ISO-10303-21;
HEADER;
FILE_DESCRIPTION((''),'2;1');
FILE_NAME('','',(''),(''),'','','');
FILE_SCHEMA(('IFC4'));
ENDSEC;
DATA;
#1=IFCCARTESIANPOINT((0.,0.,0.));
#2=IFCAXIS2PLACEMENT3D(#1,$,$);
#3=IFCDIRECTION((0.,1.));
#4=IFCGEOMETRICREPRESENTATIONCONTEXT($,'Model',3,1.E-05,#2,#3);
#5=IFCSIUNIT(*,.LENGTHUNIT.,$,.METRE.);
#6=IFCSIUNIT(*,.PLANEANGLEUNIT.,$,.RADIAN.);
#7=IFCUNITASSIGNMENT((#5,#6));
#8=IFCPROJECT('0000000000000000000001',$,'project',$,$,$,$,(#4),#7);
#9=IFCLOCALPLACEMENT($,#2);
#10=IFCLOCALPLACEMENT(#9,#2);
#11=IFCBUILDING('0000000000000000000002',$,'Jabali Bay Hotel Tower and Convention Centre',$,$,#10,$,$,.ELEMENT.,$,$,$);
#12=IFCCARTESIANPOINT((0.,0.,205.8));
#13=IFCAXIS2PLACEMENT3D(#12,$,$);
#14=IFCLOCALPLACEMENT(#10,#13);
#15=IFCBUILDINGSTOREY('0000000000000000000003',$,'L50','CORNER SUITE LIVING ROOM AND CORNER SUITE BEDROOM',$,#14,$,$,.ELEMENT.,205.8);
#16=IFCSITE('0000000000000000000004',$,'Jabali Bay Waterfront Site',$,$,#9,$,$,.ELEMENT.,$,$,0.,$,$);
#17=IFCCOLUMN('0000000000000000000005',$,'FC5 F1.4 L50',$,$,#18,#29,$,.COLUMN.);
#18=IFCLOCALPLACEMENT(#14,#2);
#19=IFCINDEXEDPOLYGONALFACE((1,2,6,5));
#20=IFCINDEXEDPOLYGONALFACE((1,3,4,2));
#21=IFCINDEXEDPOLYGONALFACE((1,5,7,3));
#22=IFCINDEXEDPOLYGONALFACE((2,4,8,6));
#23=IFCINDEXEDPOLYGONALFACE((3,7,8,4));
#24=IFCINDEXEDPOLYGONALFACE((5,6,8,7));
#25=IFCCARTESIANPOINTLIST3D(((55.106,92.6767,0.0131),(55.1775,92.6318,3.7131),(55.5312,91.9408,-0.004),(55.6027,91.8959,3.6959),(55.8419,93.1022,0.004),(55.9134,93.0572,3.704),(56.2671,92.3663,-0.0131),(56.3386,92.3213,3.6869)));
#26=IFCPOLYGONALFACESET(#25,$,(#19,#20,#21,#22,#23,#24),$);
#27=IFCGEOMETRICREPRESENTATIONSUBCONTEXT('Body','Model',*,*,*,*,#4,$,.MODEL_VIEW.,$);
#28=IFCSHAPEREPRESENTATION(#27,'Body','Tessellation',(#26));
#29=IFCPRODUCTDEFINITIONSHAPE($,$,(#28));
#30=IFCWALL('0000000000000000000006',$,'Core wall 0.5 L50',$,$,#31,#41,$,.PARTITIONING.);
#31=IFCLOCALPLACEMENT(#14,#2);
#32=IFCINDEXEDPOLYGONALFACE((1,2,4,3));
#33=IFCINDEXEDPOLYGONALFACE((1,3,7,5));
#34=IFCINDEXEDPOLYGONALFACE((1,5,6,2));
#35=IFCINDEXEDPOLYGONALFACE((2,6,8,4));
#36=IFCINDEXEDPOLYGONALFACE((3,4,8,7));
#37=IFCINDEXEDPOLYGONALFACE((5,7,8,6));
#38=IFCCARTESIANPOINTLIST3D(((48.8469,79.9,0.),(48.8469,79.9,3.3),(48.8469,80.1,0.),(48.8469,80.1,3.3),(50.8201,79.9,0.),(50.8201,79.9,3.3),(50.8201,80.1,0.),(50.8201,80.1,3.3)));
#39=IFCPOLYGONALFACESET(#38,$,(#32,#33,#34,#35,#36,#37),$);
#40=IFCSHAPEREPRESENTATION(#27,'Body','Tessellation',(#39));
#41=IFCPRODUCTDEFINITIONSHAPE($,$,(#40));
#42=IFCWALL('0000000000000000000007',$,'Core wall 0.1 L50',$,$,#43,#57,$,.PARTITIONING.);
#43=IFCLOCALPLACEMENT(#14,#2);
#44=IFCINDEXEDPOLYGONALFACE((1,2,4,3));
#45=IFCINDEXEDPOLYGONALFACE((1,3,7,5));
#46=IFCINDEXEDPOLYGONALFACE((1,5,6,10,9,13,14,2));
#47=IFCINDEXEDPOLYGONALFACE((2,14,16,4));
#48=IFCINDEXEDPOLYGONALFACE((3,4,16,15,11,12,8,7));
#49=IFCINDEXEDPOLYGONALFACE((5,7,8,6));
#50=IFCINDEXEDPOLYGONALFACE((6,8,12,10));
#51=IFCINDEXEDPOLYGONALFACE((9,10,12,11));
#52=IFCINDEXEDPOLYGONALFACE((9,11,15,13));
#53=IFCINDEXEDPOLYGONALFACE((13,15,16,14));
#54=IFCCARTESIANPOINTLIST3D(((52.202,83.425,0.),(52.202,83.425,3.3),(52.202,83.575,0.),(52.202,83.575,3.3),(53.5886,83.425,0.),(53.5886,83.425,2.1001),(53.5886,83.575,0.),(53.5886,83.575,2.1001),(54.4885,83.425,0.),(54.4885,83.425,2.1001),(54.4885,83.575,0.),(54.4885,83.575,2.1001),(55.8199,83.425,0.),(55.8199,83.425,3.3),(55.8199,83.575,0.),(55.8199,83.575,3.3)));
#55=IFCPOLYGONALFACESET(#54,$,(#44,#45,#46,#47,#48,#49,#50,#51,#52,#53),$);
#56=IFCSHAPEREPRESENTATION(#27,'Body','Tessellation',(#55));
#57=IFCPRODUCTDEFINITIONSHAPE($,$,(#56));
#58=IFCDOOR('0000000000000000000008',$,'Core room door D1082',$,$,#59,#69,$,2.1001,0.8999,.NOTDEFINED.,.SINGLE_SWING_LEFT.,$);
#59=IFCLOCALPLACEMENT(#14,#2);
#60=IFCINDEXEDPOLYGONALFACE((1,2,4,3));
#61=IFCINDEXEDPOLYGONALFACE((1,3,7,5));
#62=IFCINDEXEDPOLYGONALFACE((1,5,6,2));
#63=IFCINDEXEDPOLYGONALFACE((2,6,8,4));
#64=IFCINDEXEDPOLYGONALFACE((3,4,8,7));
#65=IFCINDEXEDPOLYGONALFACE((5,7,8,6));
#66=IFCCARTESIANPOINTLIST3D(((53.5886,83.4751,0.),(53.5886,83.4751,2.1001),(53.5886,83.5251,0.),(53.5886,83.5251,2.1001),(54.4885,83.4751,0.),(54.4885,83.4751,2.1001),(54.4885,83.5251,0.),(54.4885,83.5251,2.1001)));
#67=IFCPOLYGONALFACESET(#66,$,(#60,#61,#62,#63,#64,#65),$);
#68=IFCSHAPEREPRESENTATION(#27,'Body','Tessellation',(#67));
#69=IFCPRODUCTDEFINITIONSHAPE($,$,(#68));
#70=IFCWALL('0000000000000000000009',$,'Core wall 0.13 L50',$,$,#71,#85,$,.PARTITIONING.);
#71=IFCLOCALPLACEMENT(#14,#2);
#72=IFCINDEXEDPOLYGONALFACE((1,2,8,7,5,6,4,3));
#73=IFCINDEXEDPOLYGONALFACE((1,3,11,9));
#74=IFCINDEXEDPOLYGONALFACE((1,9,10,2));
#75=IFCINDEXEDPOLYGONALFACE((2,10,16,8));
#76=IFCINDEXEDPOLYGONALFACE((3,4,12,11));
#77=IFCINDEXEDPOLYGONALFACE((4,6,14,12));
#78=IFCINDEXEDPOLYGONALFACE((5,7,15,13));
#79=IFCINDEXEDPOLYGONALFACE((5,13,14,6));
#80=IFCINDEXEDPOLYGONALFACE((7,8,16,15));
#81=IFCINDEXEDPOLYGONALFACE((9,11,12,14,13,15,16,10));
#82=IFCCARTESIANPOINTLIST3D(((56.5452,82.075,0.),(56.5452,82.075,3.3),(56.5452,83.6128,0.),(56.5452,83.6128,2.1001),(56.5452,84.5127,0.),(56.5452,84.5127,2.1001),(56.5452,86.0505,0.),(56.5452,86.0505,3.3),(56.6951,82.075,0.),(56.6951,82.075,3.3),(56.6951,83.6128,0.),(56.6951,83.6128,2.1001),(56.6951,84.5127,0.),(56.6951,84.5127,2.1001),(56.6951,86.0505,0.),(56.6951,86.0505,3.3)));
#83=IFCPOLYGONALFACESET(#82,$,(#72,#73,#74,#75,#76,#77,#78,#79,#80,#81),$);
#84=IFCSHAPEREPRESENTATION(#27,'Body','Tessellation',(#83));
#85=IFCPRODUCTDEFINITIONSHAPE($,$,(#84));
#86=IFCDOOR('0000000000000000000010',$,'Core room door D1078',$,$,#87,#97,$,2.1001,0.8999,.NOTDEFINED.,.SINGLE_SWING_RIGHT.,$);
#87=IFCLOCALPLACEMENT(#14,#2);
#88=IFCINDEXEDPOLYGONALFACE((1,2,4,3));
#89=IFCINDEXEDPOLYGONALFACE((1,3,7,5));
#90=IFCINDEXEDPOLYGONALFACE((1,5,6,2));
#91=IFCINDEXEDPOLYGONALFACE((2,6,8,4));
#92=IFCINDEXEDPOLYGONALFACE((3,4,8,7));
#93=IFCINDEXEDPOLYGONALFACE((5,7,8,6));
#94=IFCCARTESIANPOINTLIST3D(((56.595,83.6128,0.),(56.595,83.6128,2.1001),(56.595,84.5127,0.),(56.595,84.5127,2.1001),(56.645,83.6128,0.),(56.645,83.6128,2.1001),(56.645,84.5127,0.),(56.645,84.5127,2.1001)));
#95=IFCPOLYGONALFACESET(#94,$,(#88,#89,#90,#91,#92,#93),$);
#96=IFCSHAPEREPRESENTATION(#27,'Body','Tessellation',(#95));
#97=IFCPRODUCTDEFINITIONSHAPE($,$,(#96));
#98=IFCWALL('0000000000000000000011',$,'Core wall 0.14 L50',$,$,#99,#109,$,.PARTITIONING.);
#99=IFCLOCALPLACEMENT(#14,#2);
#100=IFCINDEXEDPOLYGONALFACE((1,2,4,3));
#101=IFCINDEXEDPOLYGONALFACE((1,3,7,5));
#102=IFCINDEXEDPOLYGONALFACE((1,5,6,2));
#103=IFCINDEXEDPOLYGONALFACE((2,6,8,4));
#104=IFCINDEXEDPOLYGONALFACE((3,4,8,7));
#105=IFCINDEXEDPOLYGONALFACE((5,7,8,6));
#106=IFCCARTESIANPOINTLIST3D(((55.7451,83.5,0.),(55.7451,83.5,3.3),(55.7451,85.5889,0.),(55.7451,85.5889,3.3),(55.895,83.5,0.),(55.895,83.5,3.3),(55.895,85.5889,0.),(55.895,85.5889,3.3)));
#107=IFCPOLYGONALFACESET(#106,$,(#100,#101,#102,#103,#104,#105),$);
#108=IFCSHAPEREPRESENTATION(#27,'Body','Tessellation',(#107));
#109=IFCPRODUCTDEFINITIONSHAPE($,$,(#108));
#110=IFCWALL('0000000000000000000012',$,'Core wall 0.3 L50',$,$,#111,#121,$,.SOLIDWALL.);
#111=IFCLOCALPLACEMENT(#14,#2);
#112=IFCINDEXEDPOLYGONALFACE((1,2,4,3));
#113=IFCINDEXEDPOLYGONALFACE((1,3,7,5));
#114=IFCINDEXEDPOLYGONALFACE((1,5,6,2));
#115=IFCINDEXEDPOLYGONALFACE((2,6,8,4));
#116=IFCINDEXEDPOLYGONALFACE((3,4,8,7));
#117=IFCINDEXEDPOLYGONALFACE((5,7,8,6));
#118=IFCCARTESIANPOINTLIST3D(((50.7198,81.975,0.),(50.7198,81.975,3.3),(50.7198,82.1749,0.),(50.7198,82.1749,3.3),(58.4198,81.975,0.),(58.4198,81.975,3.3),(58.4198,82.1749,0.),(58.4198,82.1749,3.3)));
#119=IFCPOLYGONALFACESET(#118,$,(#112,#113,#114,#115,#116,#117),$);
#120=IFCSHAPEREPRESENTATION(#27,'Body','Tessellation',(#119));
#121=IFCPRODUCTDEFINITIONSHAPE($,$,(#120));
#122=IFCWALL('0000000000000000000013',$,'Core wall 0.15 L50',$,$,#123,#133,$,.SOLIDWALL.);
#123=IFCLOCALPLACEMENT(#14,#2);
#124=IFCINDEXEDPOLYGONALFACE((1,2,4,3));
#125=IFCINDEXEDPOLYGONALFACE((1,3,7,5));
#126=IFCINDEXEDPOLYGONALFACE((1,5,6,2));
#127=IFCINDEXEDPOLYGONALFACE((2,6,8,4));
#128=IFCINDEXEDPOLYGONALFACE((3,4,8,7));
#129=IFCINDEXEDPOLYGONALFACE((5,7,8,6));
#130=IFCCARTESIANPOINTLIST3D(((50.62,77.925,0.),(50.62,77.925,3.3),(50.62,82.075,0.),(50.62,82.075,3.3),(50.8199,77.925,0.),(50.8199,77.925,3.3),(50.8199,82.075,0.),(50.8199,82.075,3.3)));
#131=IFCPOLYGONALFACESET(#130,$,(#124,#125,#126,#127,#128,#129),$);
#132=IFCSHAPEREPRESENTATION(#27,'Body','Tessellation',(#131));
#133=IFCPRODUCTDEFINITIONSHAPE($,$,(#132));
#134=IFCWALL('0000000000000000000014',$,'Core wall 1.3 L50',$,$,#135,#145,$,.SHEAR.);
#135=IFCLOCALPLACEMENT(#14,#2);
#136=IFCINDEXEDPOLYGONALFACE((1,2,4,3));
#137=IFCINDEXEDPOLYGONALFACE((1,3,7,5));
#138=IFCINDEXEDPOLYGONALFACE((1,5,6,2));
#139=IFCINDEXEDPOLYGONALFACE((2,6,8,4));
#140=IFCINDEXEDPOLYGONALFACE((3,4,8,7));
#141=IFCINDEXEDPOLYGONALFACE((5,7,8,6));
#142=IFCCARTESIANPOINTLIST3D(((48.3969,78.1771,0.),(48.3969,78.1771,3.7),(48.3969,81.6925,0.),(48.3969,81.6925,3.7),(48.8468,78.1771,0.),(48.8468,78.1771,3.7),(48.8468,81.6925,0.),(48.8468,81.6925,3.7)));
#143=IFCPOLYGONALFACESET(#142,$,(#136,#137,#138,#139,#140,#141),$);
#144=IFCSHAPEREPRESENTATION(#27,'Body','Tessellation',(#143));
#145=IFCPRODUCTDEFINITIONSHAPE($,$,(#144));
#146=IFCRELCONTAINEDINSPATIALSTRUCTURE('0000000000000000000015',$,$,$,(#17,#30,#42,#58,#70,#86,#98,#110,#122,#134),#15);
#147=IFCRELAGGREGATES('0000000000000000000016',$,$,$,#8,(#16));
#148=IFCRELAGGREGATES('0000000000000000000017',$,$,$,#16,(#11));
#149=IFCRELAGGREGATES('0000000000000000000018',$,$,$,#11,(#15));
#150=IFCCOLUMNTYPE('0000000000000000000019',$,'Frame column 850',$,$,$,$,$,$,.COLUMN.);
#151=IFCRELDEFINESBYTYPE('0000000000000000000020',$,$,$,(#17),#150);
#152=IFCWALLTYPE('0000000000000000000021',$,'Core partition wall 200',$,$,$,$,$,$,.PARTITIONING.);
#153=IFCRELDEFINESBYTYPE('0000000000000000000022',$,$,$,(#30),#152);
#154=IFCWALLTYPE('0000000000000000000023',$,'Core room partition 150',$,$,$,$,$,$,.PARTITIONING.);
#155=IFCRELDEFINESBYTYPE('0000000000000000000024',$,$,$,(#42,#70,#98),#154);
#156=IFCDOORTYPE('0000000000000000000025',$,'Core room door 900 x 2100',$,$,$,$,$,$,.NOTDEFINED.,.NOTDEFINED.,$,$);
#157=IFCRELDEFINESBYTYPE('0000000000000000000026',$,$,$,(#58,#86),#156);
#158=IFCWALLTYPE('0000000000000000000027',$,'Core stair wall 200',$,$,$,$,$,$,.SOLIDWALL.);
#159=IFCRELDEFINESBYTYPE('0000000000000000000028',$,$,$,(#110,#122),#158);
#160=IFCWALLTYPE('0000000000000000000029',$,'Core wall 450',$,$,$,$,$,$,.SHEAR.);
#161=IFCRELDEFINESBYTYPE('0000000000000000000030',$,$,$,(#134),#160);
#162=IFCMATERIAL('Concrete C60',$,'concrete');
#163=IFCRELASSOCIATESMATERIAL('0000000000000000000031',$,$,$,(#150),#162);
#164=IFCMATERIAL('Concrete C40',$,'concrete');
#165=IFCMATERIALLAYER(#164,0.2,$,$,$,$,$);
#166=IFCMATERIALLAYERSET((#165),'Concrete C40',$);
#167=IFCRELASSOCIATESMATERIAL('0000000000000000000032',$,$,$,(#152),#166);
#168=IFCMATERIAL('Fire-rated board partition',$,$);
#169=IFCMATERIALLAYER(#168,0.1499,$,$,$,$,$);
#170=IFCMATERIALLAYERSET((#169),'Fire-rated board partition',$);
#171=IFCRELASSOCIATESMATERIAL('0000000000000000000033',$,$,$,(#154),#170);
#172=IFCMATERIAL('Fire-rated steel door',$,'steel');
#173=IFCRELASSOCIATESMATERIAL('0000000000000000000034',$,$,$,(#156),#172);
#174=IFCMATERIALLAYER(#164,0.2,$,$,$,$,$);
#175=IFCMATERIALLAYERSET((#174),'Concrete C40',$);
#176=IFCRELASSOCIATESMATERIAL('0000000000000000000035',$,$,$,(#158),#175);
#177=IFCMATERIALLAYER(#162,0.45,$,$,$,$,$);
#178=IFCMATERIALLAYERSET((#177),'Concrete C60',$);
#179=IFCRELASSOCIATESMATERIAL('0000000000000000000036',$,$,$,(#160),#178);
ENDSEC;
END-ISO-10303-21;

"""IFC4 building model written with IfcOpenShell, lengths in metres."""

from ifc_helpers import new_model, si_unit, direction, frame, frame_2d, origin, origin_2d, place, context, subcontext, project, spatial, rectangle, extrude, material, layer, layer_set, material_profile, profile_set, type_object, element, fill, save


model = new_model("IFC4")

# Units and contexts
model_context = context("Model", 3, precision=1e-05, world=origin(), true_north=direction((0.0, 1.0)))
body_context = subcontext(model_context, "Body", "Model", "MODEL_VIEW")
ifc_project = project(units=[si_unit("LENGTHUNIT", "METRE"), si_unit("PLANEANGLEUNIT", "RADIAN")], contexts=[model_context])

# Site, building, storey
site_placement = place(None, origin())
site = spatial("IfcSite", under=ifc_project, at=site_placement, Name="Jabali Bay Waterfront Site", CompositionType="ELEMENT", RefElevation=0.0)
building_placement = place(site_placement, origin())
building = spatial("IfcBuilding", under=site, at=building_placement, Name="Jabali Bay Hotel Tower and Convention Centre", CompositionType="ELEMENT")
storey_placement = place(building_placement, frame((0.0, 0.0, 205.8)))
storey = spatial("IfcBuildingStorey", under=building, at=storey_placement, Name="L50", Description="CORNER SUITE LIVING ROOM AND CORNER SUITE BEDROOM", CompositionType="ELEMENT", Elevation=205.8)

# Column
ifc_material_1 = material(Name="Concrete C60", Category="concrete")
ifc_material_profile = material_profile(ifc_material_1, rectangle(XDim=0.8501, YDim=0.8501, at=origin_2d()), Name="Frame column 850")
ifc_profile_set = profile_set([ifc_material_profile], Name="Concrete C60")
column_type = type_object("IfcColumnType", Name="Frame column 850", PredefinedType="COLUMN", material=ifc_profile_set)
column_placement = place(storey_placement, frame((55.6865, 92.5215, 0.0), z_axis=(0.019329, -0.012138, 0.99974), x_axis=(-0.500209, 0.86567, 0.020181)))
element("IfcColumn", 1, at=column_placement, inside=storey, type_object=column_type, Name="FC5 F1.4 L50", PredefinedType="COLUMN", context=body_context, shape_type="SweptSolid", body=[
    extrude(rectangle(XDim=0.8501, YDim=0.8501, at=origin_2d()), origin(), (0.0, 0.0, 1.0), 3.7009),
])

# Wall
ifc_material_2 = material(Name="Concrete C40", Category="concrete")
ifc_layer_1 = layer(ifc_material_2, 0.2)
ifc_layer_set_1 = layer_set([ifc_layer_1], Name="Concrete C40")
wall_type_1 = type_object("IfcWallType", Name="Core partition wall 200", PredefinedType="PARTITIONING", material=ifc_layer_set_1)
wall_1_placement = place(storey_placement, frame((50.8201, 80.0, 0.0), z_axis=(0.0, 0.0, 1.0), x_axis=(-1.0, 0.0, 0.0)))
element("IfcWall", 2, at=wall_1_placement, inside=storey, type_object=wall_type_1, Name="Core wall 0.5 L50", PredefinedType="PARTITIONING", context=body_context, shape_type="SweptSolid", body=[
    extrude(rectangle(XDim=1.9731, YDim=0.2, at=frame_2d((0.9866, 0.0))), origin(), (0.0, 0.0, 1.0), 3.3),
])

# Walls, openings, doors
ifc_material_3 = material(Name="Fire-rated board partition")
ifc_layer_2 = layer(ifc_material_3, 0.1499)
ifc_layer_set_2 = layer_set([ifc_layer_2], Name="Fire-rated board partition")
wall_type_2 = type_object("IfcWallType", Name="Core room partition 150", PredefinedType="PARTITIONING", material=ifc_layer_set_2)
wall_2_placement = place(storey_placement, frame((55.8201, 83.5, 0.0), z_axis=(0.0, 0.0, 1.0), x_axis=(-1.0, 0.0, 0.0)))
wall_2 = element("IfcWall", 3, at=wall_2_placement, inside=storey, type_object=wall_type_2, Name="Core wall 0.1 L50", PredefinedType="PARTITIONING", context=body_context, shape_type="SweptSolid", body=[
    extrude(rectangle(XDim=3.6179, YDim=0.1499, at=frame_2d((1.8091, 0.0))), origin(), (0.0, 0.0, 1.0), 3.3),
])
opening_1_placement = place(wall_2_placement, frame((1.3315, 0.0, 0.0)))
opening_1 = element("IfcOpeningElement", 4, at=opening_1_placement, cuts=wall_2, PredefinedType="OPENING", context=body_context, shape_type="SweptSolid", body=[
    extrude(rectangle(XDim=0.8999, YDim=2.1001, at=frame_2d((0.45, 1.05))), frame((0.0, 0.0854, 0.0), z_axis=(0.0, -1.0, 0.0), x_axis=(1.0, 0.0, 0.0)), (0.0, 0.0, 1.0), 0.1709),
])
ifc_material_4 = material(Name="Fire-rated steel door", Category="steel")
door_type = type_object("IfcDoorType", Name="Core room door 900 x 2100", OperationType="NOTDEFINED", PredefinedType="NOTDEFINED", material=ifc_material_4)
door_1_placement = place(opening_1_placement, origin())
door_1 = element("IfcDoor", 5, at=door_1_placement, inside=storey, type_object=door_type, Name="Core room door D1082", OperationType="SINGLE_SWING_LEFT", OverallHeight=2.1001, OverallWidth=0.8999, PredefinedType="NOTDEFINED", context=body_context, shape_type="SweptSolid", body=[
    extrude(rectangle(XDim=0.8999, YDim=2.1001, at=frame_2d((0.45, 1.05))), frame((0.0, 0.0249, 0.0), z_axis=(0.0, -1.0, 0.0), x_axis=(1.0, 0.0, 0.0)), (0.0, 0.0, 1.0), 0.05),
])
fill(opening_1, door_1)
wall_3_placement = place(storey_placement, frame((56.6201, 86.0505, 0.0), z_axis=(0.0, 0.0, 1.0), x_axis=(0.0, -1.0, 0.0)))
wall_3 = element("IfcWall", 6, at=wall_3_placement, inside=storey, type_object=wall_type_2, Name="Core wall 0.13 L50", PredefinedType="PARTITIONING", context=body_context, shape_type="SweptSolid", body=[
    extrude(rectangle(XDim=3.9756, YDim=0.1499, at=frame_2d((1.9878, 0.0))), origin(), (0.0, 0.0, 1.0), 3.3),
])
opening_2_placement = place(wall_3_placement, frame((1.5378, 0.0, 0.0)))
opening_2 = element("IfcOpeningElement", 7, at=opening_2_placement, cuts=wall_3, PredefinedType="OPENING", context=body_context, shape_type="SweptSolid", body=[
    extrude(rectangle(XDim=0.8999, YDim=2.1001, at=frame_2d((0.45, 1.05))), frame((0.0, 0.0854, 0.0), z_axis=(0.0, -1.0, 0.0), x_axis=(1.0, 0.0, 0.0)), (0.0, 0.0, 1.0), 0.1709),
])
door_2_placement = place(opening_2_placement, origin())
door_2 = element("IfcDoor", 8, at=door_2_placement, inside=storey, type_object=door_type, Name="Core room door D1078", OperationType="SINGLE_SWING_RIGHT", OverallHeight=2.1001, OverallWidth=0.8999, PredefinedType="NOTDEFINED", context=body_context, shape_type="SweptSolid", body=[
    extrude(rectangle(XDim=0.8999, YDim=2.1001, at=frame_2d((0.45, 1.05))), frame((0.0, 0.0249, 0.0), z_axis=(0.0, -1.0, 0.0), x_axis=(1.0, 0.0, 0.0)), (0.0, 0.0, 1.0), 0.05),
])
fill(opening_2, door_2)

# Walls
wall_4_placement = place(storey_placement, frame((55.8201, 85.5889, 0.0), z_axis=(0.0, 0.0, 1.0), x_axis=(0.0, -1.0, 0.0)))
element("IfcWall", 9, at=wall_4_placement, inside=storey, type_object=wall_type_2, Name="Core wall 0.14 L50", PredefinedType="PARTITIONING", context=body_context, shape_type="SweptSolid", body=[
    extrude(rectangle(XDim=2.0889, YDim=0.1499, at=frame_2d((1.0444, 0.0))), origin(), (0.0, 0.0, 1.0), 3.3),
])
ifc_layer_3 = layer(ifc_material_2, 0.2)
ifc_layer_set_3 = layer_set([ifc_layer_3], Name="Concrete C40")
wall_type_3 = type_object("IfcWallType", Name="Core stair wall 200", PredefinedType="SOLIDWALL", material=ifc_layer_set_3)
wall_5_placement = place(storey_placement, frame((58.4199, 82.075, 0.0), z_axis=(0.0, 0.0, 1.0), x_axis=(-1.0, 0.0, 0.0)))
element("IfcWall", 10, at=wall_5_placement, inside=storey, type_object=wall_type_3, Name="Core wall 0.3 L50", PredefinedType="SOLIDWALL", context=body_context, shape_type="SweptSolid", body=[
    extrude(rectangle(XDim=7.7, YDim=0.2, at=frame_2d((3.8501, 0.0))), origin(), (0.0, 0.0, 1.0), 3.3),
])
wall_6_placement = place(storey_placement, frame((50.72, 82.075, 0.0), z_axis=(0.0, 0.0, 1.0), x_axis=(0.0, -1.0, 0.0)))
element("IfcWall", 11, at=wall_6_placement, inside=storey, type_object=wall_type_3, Name="Core wall 0.15 L50", PredefinedType="SOLIDWALL", context=body_context, shape_type="SweptSolid", body=[
    extrude(rectangle(XDim=4.1499, YDim=0.2, at=frame_2d((2.075, 0.0))), origin(), (0.0, 0.0, 1.0), 3.3),
])
ifc_layer_4 = layer(ifc_material_1, 0.45)
ifc_layer_set_4 = layer_set([ifc_layer_4], Name="Concrete C60")
wall_type_4 = type_object("IfcWallType", Name="Core wall 450", PredefinedType="SHEAR", material=ifc_layer_set_4)
wall_7_placement = place(storey_placement, frame((48.6218, 81.6926, 0.0), z_axis=(0.0, 0.0, 1.0), x_axis=(0.0, -1.0, 0.0)))
element("IfcWall", 12, at=wall_7_placement, inside=storey, type_object=wall_type_4, Name="Core wall 1.3 L50", PredefinedType="SHEAR", context=body_context, shape_type="SweptSolid", body=[
    extrude(rectangle(XDim=3.5154, YDim=0.45, at=frame_2d((1.7578, 0.0))), origin(), (0.0, 0.0, 1.0), 3.7),
])

save(model, "model.ifc")
